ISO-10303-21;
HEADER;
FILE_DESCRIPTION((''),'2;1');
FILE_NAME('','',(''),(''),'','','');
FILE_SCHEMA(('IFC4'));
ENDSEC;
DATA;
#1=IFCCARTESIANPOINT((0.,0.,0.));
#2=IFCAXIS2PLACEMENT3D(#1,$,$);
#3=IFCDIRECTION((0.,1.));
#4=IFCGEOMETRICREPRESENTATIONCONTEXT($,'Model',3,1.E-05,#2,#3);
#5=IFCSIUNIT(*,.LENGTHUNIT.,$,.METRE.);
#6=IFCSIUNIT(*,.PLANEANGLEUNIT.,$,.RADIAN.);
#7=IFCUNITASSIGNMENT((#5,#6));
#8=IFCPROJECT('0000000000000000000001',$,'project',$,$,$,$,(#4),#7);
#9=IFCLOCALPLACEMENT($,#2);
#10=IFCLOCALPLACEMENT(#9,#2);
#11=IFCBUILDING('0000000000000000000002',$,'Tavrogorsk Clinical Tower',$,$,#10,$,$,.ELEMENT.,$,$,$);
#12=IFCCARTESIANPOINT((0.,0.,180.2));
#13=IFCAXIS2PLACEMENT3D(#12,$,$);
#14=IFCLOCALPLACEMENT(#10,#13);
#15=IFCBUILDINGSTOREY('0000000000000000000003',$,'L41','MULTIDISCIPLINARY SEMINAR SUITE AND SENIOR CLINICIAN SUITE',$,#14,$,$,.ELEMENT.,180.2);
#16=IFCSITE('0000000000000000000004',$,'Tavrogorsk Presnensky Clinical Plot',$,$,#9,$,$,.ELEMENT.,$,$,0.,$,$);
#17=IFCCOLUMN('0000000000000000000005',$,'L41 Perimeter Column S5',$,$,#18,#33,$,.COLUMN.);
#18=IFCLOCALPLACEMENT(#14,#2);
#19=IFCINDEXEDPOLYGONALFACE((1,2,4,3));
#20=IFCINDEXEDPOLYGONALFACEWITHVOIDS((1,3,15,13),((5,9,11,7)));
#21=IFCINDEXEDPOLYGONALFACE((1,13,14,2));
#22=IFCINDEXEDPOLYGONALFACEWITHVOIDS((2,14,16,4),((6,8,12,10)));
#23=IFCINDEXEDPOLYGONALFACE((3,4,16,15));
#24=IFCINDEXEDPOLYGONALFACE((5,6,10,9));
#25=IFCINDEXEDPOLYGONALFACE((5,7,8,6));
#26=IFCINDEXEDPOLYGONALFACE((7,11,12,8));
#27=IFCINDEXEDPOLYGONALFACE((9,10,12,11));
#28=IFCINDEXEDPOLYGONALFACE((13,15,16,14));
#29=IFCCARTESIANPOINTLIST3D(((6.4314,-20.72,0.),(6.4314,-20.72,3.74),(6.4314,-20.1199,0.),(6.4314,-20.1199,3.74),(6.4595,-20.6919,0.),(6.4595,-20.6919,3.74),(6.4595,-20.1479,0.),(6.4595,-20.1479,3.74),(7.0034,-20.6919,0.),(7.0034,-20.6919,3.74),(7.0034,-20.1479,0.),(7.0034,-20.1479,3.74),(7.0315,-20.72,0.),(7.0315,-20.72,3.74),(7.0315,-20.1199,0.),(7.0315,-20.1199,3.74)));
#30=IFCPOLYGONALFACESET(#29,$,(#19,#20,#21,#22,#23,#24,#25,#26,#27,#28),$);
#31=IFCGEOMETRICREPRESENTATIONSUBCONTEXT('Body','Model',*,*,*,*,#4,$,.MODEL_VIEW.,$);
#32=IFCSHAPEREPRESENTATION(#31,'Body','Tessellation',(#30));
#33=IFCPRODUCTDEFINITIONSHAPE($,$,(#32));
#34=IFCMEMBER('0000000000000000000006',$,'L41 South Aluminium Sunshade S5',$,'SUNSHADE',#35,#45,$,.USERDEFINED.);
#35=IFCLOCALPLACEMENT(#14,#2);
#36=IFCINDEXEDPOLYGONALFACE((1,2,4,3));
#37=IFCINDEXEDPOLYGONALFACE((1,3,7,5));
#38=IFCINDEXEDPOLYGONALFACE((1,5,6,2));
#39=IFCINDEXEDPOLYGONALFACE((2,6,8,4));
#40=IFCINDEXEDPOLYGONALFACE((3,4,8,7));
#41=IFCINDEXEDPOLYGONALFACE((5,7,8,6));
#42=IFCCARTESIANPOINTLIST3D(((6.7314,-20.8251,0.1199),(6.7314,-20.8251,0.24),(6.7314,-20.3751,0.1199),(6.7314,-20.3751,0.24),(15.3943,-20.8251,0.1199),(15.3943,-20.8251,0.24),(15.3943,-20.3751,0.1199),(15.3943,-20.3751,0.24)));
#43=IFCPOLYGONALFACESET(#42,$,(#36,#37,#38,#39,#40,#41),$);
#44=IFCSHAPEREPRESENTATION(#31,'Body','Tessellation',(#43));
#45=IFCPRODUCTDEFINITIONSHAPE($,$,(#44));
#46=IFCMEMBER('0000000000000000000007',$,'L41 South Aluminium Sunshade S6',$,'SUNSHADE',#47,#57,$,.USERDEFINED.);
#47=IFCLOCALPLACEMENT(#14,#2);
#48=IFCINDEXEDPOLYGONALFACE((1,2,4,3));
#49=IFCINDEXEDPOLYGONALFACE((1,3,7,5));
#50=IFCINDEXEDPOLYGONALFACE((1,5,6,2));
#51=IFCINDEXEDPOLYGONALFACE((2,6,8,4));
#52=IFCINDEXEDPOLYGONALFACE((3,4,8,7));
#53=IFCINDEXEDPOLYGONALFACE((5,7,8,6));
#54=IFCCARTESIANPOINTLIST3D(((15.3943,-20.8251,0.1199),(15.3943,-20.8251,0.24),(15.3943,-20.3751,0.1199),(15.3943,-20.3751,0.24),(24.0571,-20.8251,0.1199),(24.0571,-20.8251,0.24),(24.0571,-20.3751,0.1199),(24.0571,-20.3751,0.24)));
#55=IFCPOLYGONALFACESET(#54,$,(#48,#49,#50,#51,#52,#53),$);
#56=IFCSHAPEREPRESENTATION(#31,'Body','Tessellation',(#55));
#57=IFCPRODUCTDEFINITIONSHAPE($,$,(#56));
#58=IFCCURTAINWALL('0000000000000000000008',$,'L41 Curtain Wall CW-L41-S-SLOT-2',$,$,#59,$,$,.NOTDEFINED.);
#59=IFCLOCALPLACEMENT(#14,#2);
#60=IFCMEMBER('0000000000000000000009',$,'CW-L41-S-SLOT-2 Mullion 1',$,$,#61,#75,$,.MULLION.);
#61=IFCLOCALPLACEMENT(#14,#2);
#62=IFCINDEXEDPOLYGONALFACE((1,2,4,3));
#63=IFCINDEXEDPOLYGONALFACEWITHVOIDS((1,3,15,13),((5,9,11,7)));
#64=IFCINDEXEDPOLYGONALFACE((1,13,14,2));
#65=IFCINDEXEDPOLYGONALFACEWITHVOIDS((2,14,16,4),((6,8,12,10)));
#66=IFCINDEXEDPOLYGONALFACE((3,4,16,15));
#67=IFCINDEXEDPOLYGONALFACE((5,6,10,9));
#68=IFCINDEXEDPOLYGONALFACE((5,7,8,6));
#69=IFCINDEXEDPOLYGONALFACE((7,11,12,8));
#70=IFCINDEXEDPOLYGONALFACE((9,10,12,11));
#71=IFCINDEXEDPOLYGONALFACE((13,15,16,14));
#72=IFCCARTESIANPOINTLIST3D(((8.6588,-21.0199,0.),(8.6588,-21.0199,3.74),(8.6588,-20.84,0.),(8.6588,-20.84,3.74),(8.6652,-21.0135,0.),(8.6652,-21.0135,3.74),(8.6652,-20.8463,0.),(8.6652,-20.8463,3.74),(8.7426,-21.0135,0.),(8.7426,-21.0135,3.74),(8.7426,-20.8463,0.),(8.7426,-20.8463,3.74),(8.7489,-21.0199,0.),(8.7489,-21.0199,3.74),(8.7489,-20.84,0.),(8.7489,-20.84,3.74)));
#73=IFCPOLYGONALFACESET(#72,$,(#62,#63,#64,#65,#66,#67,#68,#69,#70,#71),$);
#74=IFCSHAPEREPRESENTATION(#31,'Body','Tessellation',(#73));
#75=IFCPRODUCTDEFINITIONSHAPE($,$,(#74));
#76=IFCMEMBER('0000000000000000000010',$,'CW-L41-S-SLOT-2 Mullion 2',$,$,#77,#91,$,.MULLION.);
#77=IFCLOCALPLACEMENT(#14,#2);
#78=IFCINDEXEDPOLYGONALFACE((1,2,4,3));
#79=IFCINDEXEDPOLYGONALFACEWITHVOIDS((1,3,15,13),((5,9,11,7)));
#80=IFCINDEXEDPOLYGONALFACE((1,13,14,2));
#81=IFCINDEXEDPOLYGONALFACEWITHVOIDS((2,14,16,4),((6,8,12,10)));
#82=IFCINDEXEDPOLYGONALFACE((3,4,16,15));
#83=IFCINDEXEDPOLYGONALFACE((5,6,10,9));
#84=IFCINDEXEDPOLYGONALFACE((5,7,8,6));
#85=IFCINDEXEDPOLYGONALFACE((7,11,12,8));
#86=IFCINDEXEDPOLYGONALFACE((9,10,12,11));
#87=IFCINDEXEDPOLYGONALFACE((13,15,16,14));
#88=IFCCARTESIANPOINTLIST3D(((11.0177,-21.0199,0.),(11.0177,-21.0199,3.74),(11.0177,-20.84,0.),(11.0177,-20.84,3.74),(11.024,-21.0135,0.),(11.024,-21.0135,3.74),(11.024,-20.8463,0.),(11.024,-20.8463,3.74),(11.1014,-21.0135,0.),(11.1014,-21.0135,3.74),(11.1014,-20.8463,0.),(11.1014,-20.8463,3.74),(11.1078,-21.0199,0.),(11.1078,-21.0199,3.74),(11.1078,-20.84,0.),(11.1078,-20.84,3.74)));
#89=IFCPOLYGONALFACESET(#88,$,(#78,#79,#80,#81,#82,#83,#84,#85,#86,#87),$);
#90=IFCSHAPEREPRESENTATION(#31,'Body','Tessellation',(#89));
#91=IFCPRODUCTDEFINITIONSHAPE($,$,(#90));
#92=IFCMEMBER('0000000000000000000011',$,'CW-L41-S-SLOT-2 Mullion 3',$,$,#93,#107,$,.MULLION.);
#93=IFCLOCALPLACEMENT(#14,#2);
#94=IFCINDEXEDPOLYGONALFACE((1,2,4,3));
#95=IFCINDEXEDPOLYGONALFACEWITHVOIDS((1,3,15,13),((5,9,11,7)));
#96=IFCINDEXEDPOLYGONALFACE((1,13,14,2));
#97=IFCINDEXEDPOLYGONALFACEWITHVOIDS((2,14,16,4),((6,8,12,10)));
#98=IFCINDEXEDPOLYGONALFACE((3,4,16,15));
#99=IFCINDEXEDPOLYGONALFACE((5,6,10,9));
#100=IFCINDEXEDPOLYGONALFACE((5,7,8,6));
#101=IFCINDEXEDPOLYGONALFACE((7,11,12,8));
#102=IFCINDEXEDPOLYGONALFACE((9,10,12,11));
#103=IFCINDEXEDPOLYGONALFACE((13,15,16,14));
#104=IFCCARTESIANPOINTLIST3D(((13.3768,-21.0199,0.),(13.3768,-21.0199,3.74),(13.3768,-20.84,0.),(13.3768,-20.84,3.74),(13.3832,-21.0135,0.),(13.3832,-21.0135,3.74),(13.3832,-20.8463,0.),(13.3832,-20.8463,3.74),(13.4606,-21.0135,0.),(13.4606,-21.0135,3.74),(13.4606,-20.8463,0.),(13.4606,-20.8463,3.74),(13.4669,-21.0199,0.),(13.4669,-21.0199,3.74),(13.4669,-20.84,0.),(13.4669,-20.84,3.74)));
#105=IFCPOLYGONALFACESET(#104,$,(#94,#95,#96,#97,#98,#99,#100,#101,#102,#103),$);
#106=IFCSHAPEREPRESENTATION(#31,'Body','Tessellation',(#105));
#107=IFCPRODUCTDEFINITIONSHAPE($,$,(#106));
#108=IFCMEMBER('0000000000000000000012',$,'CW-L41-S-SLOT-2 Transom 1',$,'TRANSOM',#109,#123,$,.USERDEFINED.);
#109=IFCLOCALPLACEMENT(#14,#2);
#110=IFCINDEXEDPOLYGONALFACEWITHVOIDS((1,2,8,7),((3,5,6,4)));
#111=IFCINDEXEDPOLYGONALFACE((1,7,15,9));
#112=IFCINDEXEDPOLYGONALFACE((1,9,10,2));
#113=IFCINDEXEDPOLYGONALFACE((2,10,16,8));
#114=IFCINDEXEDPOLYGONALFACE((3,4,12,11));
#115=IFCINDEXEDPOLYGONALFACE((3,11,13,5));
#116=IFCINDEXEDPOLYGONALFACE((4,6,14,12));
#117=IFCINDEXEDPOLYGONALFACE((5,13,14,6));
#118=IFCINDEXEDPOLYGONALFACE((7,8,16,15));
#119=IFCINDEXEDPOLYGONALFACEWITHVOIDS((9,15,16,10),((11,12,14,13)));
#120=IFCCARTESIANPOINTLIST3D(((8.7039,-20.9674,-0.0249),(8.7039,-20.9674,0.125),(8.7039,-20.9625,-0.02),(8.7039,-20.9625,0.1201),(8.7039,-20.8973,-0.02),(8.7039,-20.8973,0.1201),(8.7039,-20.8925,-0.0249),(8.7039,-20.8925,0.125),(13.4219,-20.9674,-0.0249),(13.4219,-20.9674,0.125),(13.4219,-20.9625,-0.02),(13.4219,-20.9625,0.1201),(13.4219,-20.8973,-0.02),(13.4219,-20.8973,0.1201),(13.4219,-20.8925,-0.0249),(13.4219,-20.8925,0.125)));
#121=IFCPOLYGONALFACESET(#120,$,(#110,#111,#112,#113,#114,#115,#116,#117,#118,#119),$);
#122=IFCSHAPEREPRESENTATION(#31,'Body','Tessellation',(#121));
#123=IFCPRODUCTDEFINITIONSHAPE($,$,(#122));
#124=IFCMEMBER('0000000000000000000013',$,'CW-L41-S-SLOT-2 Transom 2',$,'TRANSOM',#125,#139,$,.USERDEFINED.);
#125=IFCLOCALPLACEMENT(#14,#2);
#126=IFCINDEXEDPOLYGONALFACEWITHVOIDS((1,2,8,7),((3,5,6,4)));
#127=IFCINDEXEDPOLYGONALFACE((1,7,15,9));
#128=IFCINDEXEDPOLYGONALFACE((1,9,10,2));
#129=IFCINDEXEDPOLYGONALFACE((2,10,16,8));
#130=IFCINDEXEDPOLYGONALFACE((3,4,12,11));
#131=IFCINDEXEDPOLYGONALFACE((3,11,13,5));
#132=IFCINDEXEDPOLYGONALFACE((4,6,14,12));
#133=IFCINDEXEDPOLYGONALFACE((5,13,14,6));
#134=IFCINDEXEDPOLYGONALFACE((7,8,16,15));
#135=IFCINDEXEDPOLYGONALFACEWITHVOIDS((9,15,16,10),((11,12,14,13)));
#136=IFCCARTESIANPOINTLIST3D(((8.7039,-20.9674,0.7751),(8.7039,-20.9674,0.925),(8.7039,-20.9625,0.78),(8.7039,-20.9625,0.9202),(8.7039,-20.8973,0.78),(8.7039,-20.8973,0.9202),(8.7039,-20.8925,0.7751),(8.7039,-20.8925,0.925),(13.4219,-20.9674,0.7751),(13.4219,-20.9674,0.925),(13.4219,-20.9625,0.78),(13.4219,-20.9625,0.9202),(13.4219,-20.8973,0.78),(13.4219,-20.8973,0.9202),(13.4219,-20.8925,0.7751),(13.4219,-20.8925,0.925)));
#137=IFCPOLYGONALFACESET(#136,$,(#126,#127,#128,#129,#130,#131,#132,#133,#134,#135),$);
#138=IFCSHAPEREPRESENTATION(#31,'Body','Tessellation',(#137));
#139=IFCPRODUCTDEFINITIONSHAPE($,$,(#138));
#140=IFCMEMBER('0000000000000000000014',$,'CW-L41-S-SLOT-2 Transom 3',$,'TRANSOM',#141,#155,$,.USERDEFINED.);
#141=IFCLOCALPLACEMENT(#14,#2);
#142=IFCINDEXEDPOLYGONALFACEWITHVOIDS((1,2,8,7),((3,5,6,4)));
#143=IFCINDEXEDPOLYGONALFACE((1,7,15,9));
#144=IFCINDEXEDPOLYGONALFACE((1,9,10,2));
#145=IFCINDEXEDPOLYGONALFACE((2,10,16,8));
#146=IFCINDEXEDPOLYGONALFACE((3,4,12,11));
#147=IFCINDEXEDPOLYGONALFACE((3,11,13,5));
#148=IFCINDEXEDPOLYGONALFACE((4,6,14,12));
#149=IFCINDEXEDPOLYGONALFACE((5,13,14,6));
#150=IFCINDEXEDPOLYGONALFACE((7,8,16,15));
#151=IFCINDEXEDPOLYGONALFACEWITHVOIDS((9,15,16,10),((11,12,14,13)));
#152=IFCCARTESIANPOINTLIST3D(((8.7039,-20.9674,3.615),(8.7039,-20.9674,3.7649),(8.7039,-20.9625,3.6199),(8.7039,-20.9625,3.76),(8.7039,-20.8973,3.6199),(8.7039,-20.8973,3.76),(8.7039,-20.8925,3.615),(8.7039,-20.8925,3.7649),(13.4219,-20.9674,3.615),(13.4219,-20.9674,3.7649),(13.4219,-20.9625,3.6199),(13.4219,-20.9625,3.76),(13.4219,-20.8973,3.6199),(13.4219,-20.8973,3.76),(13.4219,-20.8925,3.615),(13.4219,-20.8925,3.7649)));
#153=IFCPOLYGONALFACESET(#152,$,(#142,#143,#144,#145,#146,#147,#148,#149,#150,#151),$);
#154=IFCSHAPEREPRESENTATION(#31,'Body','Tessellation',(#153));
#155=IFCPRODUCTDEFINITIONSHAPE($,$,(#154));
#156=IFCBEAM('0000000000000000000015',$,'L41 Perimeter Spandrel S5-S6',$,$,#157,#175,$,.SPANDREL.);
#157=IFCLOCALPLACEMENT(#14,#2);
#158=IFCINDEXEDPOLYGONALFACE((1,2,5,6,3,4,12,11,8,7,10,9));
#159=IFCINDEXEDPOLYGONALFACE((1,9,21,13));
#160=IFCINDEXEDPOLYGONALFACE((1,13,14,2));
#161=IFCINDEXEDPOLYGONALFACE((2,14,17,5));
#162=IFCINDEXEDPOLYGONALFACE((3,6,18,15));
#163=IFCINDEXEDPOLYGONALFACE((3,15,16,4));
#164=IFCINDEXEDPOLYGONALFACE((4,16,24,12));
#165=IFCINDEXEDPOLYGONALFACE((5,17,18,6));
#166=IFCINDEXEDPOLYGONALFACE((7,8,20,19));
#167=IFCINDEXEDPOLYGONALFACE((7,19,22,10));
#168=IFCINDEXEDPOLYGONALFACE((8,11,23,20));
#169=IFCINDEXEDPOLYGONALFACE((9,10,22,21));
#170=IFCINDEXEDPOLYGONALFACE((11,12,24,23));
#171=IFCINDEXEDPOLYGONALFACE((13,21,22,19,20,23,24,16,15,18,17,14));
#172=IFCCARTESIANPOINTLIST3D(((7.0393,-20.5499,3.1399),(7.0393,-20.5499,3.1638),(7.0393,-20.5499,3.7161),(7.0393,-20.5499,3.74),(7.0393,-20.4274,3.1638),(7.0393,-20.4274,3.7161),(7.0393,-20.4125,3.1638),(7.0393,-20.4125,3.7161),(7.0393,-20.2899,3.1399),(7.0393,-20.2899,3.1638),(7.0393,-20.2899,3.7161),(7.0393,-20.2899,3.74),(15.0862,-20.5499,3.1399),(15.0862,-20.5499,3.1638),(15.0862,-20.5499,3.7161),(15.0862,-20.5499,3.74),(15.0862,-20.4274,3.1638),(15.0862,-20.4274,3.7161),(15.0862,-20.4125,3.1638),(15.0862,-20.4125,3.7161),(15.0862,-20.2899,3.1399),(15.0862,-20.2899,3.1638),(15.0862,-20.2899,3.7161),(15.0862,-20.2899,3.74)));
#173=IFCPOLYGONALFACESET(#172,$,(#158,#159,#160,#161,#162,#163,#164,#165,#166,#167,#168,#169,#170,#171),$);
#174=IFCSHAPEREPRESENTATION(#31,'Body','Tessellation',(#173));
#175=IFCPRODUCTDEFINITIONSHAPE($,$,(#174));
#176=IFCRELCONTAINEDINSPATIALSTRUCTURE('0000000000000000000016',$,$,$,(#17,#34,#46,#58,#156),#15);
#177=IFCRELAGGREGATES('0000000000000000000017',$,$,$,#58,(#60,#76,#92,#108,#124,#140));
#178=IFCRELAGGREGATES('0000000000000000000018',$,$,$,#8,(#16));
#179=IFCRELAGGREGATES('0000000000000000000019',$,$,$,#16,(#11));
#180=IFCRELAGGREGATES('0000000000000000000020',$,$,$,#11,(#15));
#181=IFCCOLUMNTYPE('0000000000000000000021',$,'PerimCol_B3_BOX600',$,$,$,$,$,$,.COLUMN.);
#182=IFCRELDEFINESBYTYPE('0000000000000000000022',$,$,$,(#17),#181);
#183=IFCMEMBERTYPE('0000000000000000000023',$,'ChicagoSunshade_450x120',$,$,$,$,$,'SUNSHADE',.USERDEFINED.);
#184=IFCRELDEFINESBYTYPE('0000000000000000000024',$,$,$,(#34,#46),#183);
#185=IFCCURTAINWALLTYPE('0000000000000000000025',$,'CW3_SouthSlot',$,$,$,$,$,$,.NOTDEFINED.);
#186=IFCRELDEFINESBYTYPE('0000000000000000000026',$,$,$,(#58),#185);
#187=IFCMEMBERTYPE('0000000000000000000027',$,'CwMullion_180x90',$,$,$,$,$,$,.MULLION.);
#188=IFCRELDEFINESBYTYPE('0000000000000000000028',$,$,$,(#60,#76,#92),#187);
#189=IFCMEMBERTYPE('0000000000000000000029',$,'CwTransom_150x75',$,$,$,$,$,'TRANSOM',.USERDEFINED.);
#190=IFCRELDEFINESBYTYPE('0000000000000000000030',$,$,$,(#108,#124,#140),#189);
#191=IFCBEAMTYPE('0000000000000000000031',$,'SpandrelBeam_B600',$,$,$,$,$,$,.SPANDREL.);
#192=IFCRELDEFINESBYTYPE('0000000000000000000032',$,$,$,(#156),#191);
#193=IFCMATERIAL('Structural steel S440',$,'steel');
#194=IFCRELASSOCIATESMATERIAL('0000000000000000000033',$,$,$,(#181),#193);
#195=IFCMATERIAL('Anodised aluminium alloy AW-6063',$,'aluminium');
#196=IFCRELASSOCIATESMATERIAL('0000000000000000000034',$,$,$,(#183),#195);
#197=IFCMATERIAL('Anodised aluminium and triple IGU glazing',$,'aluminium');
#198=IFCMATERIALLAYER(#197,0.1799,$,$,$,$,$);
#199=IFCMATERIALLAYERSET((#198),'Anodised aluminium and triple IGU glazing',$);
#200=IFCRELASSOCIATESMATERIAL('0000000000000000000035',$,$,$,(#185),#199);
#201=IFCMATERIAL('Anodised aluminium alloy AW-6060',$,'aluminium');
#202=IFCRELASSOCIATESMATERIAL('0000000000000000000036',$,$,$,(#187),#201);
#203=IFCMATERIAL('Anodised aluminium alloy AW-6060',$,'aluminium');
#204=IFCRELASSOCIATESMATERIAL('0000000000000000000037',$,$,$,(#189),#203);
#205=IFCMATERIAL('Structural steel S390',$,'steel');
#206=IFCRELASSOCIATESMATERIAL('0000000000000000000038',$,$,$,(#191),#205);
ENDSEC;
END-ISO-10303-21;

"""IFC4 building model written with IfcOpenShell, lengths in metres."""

from ifc_helpers import new_model, si_unit, direction, frame, origin, origin_2d, place, context, subcontext, project, spatial, rectangle, hollow_rectangle, i_section, extrude, material, layer, layer_set, material_profile, profile_set, type_object, element, aggregate, save


model = new_model("IFC4")

# Units and contexts
model_context = context("Model", 3, precision=1e-05, world=origin(), true_north=direction((0.0, 1.0)))
body_context = subcontext(model_context, "Body", "Model", "MODEL_VIEW")
ifc_project = project(units=[si_unit("LENGTHUNIT", "METRE"), si_unit("PLANEANGLEUNIT", "RADIAN")], contexts=[model_context])

# Site, building, storey
site_placement = place(None, origin())
site = spatial("IfcSite", under=ifc_project, at=site_placement, Name="Tavrogorsk Presnensky Clinical Plot", CompositionType="ELEMENT", RefElevation=0.0)
building_placement = place(site_placement, origin())
building = spatial("IfcBuilding", under=site, at=building_placement, Name="Tavrogorsk Clinical Tower", CompositionType="ELEMENT")
storey_placement = place(building_placement, frame((0.0, 0.0, 180.2)))
storey = spatial("IfcBuildingStorey", under=building, at=storey_placement, Name="L41", Description="MULTIDISCIPLINARY SEMINAR SUITE AND SENIOR CLINICIAN SUITE", CompositionType="ELEMENT", Elevation=180.2)

# Column
ifc_material_1 = material(Name="Structural steel S440", Category="steel")
ifc_material_profile_1 = material_profile(ifc_material_1, hollow_rectangle(XDim=0.6001, YDim=0.6001, WallThickness=0.0281, at=origin_2d()), Name="BOX-600x600x28")
ifc_profile_set_1 = profile_set([ifc_material_profile_1], Name="Structural steel S440")
column_type = type_object("IfcColumnType", Name="PerimCol_B3_BOX600", PredefinedType="COLUMN", material=ifc_profile_set_1)
column_placement = place(storey_placement, frame((6.7314, -20.4199, 0.0), z_axis=(0.0, 0.0, 1.0), x_axis=(1.0, 0.0, 0.0)))
element("IfcColumn", 1, at=column_placement, inside=storey, type_object=column_type, Name="L41 Perimeter Column S5", PredefinedType="COLUMN", context=body_context, shape_type="SweptSolid", body=[
    extrude(hollow_rectangle(XDim=0.6001, YDim=0.6001, WallThickness=0.0281, at=origin_2d()), origin(), (0.0, 0.0, 1.0), 3.74),
])

# Members
ifc_material_2 = material(Name="Anodised aluminium alloy AW-6063", Category="aluminium")
ifc_material_profile_2 = material_profile(ifc_material_2, rectangle(XDim=0.45, YDim=0.1201, at=origin_2d()), Name="ALU-SUNSHADE-450x120")
ifc_profile_set_2 = profile_set([ifc_material_profile_2], Name="Anodised aluminium alloy AW-6063")
member_type_1 = type_object("IfcMemberType", Name="ChicagoSunshade_450x120", ElementType="SUNSHADE", PredefinedType="USERDEFINED", material=ifc_profile_set_2)
for number, where, z_axis, x_axis, name in (
    (2, (6.7314, -20.6001, 0.1799), (1.0, 0.0, 0.0), (0.0, 1.0, 0.0), "L41 South Aluminium Sunshade S5"),
    (3, (15.3943, -20.6001, 0.1799), (1.0, 0.0, 0.0), (0.0, 1.0, 0.0), "L41 South Aluminium Sunshade S6"),
):
    element("IfcMember", number, at=place(storey_placement, frame(where, z_axis=z_axis, x_axis=x_axis)), inside=storey, type_object=member_type_1, Name=name, ObjectType="SUNSHADE", PredefinedType="USERDEFINED", context=body_context, shape_type="SweptSolid", body=[
        extrude(rectangle(XDim=0.45, YDim=0.1201, at=origin_2d()), origin(), (0.0, 0.0, 1.0), 8.6628),
    ])

# Curtain wall, members
ifc_material_3 = material(Name="Anodised aluminium and triple IGU glazing", Category="aluminium")
ifc_layer_1 = layer(ifc_material_3, 0.1799)
ifc_layer_set_1 = layer_set([ifc_layer_1], Name="Anodised aluminium and triple IGU glazing")
curtain_wall_type = type_object("IfcCurtainWallType", Name="CW3_SouthSlot", PredefinedType="NOTDEFINED", material=ifc_layer_set_1)
curtain_wall_placement = place(storey_placement, origin())
curtain_wall = element("IfcCurtainWall", 4, at=curtain_wall_placement, inside=storey, type_object=curtain_wall_type, Name="L41 Curtain Wall CW-L41-S-SLOT-2", PredefinedType="NOTDEFINED")
ifc_material_4 = material(Name="Anodised aluminium alloy AW-6060", Category="aluminium")
ifc_material_profile_3 = material_profile(ifc_material_4, hollow_rectangle(XDim=0.0901, YDim=0.1799, WallThickness=0.0063, at=origin_2d()), Name="RHS-180x90x6.3")
ifc_profile_set_3 = profile_set([ifc_material_profile_3], Name="Anodised aluminium alloy AW-6060")
member_type_2 = type_object("IfcMemberType", Name="CwMullion_180x90", PredefinedType="MULLION", material=ifc_profile_set_3)
member_1_placement = place(storey_placement, frame((8.7039, -20.9299, 0.0), z_axis=(0.0, 0.0, 1.0), x_axis=(1.0, 0.0, 0.0)))
member_1 = element("IfcMember", 5, at=member_1_placement, type_object=member_type_2, Name="CW-L41-S-SLOT-2 Mullion 1", PredefinedType="MULLION", context=body_context, shape_type="SweptSolid", body=[
    extrude(hollow_rectangle(XDim=0.0901, YDim=0.1799, WallThickness=0.0063, at=origin_2d()), origin(), (0.0, 0.0, 1.0), 3.74),
])
member_2_placement = place(storey_placement, frame((11.0627, -20.9299, 0.0), z_axis=(0.0, 0.0, 1.0), x_axis=(1.0, 0.0, 0.0)))
member_2 = element("IfcMember", 6, at=member_2_placement, type_object=member_type_2, Name="CW-L41-S-SLOT-2 Mullion 2", PredefinedType="MULLION", context=body_context, shape_type="SweptSolid", body=[
    extrude(hollow_rectangle(XDim=0.0901, YDim=0.1799, WallThickness=0.0063, at=origin_2d()), origin(), (0.0, 0.0, 1.0), 3.74),
])
member_3_placement = place(storey_placement, frame((13.4219, -20.9299, 0.0), z_axis=(0.0, 0.0, 1.0), x_axis=(1.0, 0.0, 0.0)))
member_3 = element("IfcMember", 7, at=member_3_placement, type_object=member_type_2, Name="CW-L41-S-SLOT-2 Mullion 3", PredefinedType="MULLION", context=body_context, shape_type="SweptSolid", body=[
    extrude(hollow_rectangle(XDim=0.0901, YDim=0.1799, WallThickness=0.0063, at=origin_2d()), origin(), (0.0, 0.0, 1.0), 3.74),
])
ifc_material_5 = material(Name="Anodised aluminium alloy AW-6060", Category="aluminium")
ifc_material_profile_4 = material_profile(ifc_material_5, hollow_rectangle(XDim=0.075, YDim=0.1499, WallThickness=0.0049, at=origin_2d()), Name="RHS-150x75x5")
ifc_profile_set_4 = profile_set([ifc_material_profile_4], Name="Anodised aluminium alloy AW-6060")
member_type_3 = type_object("IfcMemberType", Name="CwTransom_150x75", ElementType="TRANSOM", PredefinedType="USERDEFINED", material=ifc_profile_set_4)
member_4_placement = place(storey_placement, frame((8.7039, -20.9299, 0.05), z_axis=(1.0, 0.0, 0.0), x_axis=(0.0, 1.0, 0.0)))
member_4 = element("IfcMember", 8, at=member_4_placement, type_object=member_type_3, Name="CW-L41-S-SLOT-2 Transom 1", ObjectType="TRANSOM", PredefinedType="USERDEFINED", context=body_context, shape_type="SweptSolid", body=[
    extrude(hollow_rectangle(XDim=0.075, YDim=0.1499, WallThickness=0.0049, at=origin_2d()), origin(), (0.0, 0.0, 1.0), 4.718),
])
member_5_placement = place(storey_placement, frame((8.7039, -20.9299, 0.8501), z_axis=(1.0, 0.0, 0.0), x_axis=(0.0, 1.0, 0.0)))
member_5 = element("IfcMember", 9, at=member_5_placement, type_object=member_type_3, Name="CW-L41-S-SLOT-2 Transom 2", ObjectType="TRANSOM", PredefinedType="USERDEFINED", context=body_context, shape_type="SweptSolid", body=[
    extrude(hollow_rectangle(XDim=0.075, YDim=0.1499, WallThickness=0.0049, at=origin_2d()), origin(), (0.0, 0.0, 1.0), 4.718),
])
member_6_placement = place(storey_placement, frame((8.7039, -20.9299, 3.6899), z_axis=(1.0, 0.0, 0.0), x_axis=(0.0, 1.0, 0.0)))
member_6 = element("IfcMember", 10, at=member_6_placement, type_object=member_type_3, Name="CW-L41-S-SLOT-2 Transom 3", ObjectType="TRANSOM", PredefinedType="USERDEFINED", context=body_context, shape_type="SweptSolid", body=[
    extrude(hollow_rectangle(XDim=0.075, YDim=0.1499, WallThickness=0.0049, at=origin_2d()), origin(), (0.0, 0.0, 1.0), 4.718),
])

# Beam
ifc_material_6 = material(Name="Structural steel S390", Category="steel")
ifc_material_profile_5 = material_profile(ifc_material_6, i_section(OverallWidth=0.26, OverallDepth=0.6001, WebThickness=0.0149, FlangeThickness=0.0239, at=origin_2d()), Name="B-600x260x15x24")
ifc_profile_set_5 = profile_set([ifc_material_profile_5], Name="Structural steel S390")
beam_type = type_object("IfcBeamType", Name="SpandrelBeam_B600", PredefinedType="SPANDREL", material=ifc_profile_set_5)
beam_placement = place(storey_placement, frame((7.0393, -20.4199, 3.4399), z_axis=(1.0, 0.0, 0.0), x_axis=(0.0, 1.0, 0.0)))
element("IfcBeam", 11, at=beam_placement, inside=storey, type_object=beam_type, Name="L41 Perimeter Spandrel S5-S6", PredefinedType="SPANDREL", context=body_context, shape_type="SweptSolid", body=[
    extrude(i_section(OverallWidth=0.26, OverallDepth=0.6001, WebThickness=0.0149, FlangeThickness=0.0239, at=origin_2d()), origin(), (0.0, 0.0, 1.0), 8.0469),
])

aggregate(curtain_wall, [member_1, member_2, member_3, member_4, member_5, member_6])

save(model, "model.ifc")
